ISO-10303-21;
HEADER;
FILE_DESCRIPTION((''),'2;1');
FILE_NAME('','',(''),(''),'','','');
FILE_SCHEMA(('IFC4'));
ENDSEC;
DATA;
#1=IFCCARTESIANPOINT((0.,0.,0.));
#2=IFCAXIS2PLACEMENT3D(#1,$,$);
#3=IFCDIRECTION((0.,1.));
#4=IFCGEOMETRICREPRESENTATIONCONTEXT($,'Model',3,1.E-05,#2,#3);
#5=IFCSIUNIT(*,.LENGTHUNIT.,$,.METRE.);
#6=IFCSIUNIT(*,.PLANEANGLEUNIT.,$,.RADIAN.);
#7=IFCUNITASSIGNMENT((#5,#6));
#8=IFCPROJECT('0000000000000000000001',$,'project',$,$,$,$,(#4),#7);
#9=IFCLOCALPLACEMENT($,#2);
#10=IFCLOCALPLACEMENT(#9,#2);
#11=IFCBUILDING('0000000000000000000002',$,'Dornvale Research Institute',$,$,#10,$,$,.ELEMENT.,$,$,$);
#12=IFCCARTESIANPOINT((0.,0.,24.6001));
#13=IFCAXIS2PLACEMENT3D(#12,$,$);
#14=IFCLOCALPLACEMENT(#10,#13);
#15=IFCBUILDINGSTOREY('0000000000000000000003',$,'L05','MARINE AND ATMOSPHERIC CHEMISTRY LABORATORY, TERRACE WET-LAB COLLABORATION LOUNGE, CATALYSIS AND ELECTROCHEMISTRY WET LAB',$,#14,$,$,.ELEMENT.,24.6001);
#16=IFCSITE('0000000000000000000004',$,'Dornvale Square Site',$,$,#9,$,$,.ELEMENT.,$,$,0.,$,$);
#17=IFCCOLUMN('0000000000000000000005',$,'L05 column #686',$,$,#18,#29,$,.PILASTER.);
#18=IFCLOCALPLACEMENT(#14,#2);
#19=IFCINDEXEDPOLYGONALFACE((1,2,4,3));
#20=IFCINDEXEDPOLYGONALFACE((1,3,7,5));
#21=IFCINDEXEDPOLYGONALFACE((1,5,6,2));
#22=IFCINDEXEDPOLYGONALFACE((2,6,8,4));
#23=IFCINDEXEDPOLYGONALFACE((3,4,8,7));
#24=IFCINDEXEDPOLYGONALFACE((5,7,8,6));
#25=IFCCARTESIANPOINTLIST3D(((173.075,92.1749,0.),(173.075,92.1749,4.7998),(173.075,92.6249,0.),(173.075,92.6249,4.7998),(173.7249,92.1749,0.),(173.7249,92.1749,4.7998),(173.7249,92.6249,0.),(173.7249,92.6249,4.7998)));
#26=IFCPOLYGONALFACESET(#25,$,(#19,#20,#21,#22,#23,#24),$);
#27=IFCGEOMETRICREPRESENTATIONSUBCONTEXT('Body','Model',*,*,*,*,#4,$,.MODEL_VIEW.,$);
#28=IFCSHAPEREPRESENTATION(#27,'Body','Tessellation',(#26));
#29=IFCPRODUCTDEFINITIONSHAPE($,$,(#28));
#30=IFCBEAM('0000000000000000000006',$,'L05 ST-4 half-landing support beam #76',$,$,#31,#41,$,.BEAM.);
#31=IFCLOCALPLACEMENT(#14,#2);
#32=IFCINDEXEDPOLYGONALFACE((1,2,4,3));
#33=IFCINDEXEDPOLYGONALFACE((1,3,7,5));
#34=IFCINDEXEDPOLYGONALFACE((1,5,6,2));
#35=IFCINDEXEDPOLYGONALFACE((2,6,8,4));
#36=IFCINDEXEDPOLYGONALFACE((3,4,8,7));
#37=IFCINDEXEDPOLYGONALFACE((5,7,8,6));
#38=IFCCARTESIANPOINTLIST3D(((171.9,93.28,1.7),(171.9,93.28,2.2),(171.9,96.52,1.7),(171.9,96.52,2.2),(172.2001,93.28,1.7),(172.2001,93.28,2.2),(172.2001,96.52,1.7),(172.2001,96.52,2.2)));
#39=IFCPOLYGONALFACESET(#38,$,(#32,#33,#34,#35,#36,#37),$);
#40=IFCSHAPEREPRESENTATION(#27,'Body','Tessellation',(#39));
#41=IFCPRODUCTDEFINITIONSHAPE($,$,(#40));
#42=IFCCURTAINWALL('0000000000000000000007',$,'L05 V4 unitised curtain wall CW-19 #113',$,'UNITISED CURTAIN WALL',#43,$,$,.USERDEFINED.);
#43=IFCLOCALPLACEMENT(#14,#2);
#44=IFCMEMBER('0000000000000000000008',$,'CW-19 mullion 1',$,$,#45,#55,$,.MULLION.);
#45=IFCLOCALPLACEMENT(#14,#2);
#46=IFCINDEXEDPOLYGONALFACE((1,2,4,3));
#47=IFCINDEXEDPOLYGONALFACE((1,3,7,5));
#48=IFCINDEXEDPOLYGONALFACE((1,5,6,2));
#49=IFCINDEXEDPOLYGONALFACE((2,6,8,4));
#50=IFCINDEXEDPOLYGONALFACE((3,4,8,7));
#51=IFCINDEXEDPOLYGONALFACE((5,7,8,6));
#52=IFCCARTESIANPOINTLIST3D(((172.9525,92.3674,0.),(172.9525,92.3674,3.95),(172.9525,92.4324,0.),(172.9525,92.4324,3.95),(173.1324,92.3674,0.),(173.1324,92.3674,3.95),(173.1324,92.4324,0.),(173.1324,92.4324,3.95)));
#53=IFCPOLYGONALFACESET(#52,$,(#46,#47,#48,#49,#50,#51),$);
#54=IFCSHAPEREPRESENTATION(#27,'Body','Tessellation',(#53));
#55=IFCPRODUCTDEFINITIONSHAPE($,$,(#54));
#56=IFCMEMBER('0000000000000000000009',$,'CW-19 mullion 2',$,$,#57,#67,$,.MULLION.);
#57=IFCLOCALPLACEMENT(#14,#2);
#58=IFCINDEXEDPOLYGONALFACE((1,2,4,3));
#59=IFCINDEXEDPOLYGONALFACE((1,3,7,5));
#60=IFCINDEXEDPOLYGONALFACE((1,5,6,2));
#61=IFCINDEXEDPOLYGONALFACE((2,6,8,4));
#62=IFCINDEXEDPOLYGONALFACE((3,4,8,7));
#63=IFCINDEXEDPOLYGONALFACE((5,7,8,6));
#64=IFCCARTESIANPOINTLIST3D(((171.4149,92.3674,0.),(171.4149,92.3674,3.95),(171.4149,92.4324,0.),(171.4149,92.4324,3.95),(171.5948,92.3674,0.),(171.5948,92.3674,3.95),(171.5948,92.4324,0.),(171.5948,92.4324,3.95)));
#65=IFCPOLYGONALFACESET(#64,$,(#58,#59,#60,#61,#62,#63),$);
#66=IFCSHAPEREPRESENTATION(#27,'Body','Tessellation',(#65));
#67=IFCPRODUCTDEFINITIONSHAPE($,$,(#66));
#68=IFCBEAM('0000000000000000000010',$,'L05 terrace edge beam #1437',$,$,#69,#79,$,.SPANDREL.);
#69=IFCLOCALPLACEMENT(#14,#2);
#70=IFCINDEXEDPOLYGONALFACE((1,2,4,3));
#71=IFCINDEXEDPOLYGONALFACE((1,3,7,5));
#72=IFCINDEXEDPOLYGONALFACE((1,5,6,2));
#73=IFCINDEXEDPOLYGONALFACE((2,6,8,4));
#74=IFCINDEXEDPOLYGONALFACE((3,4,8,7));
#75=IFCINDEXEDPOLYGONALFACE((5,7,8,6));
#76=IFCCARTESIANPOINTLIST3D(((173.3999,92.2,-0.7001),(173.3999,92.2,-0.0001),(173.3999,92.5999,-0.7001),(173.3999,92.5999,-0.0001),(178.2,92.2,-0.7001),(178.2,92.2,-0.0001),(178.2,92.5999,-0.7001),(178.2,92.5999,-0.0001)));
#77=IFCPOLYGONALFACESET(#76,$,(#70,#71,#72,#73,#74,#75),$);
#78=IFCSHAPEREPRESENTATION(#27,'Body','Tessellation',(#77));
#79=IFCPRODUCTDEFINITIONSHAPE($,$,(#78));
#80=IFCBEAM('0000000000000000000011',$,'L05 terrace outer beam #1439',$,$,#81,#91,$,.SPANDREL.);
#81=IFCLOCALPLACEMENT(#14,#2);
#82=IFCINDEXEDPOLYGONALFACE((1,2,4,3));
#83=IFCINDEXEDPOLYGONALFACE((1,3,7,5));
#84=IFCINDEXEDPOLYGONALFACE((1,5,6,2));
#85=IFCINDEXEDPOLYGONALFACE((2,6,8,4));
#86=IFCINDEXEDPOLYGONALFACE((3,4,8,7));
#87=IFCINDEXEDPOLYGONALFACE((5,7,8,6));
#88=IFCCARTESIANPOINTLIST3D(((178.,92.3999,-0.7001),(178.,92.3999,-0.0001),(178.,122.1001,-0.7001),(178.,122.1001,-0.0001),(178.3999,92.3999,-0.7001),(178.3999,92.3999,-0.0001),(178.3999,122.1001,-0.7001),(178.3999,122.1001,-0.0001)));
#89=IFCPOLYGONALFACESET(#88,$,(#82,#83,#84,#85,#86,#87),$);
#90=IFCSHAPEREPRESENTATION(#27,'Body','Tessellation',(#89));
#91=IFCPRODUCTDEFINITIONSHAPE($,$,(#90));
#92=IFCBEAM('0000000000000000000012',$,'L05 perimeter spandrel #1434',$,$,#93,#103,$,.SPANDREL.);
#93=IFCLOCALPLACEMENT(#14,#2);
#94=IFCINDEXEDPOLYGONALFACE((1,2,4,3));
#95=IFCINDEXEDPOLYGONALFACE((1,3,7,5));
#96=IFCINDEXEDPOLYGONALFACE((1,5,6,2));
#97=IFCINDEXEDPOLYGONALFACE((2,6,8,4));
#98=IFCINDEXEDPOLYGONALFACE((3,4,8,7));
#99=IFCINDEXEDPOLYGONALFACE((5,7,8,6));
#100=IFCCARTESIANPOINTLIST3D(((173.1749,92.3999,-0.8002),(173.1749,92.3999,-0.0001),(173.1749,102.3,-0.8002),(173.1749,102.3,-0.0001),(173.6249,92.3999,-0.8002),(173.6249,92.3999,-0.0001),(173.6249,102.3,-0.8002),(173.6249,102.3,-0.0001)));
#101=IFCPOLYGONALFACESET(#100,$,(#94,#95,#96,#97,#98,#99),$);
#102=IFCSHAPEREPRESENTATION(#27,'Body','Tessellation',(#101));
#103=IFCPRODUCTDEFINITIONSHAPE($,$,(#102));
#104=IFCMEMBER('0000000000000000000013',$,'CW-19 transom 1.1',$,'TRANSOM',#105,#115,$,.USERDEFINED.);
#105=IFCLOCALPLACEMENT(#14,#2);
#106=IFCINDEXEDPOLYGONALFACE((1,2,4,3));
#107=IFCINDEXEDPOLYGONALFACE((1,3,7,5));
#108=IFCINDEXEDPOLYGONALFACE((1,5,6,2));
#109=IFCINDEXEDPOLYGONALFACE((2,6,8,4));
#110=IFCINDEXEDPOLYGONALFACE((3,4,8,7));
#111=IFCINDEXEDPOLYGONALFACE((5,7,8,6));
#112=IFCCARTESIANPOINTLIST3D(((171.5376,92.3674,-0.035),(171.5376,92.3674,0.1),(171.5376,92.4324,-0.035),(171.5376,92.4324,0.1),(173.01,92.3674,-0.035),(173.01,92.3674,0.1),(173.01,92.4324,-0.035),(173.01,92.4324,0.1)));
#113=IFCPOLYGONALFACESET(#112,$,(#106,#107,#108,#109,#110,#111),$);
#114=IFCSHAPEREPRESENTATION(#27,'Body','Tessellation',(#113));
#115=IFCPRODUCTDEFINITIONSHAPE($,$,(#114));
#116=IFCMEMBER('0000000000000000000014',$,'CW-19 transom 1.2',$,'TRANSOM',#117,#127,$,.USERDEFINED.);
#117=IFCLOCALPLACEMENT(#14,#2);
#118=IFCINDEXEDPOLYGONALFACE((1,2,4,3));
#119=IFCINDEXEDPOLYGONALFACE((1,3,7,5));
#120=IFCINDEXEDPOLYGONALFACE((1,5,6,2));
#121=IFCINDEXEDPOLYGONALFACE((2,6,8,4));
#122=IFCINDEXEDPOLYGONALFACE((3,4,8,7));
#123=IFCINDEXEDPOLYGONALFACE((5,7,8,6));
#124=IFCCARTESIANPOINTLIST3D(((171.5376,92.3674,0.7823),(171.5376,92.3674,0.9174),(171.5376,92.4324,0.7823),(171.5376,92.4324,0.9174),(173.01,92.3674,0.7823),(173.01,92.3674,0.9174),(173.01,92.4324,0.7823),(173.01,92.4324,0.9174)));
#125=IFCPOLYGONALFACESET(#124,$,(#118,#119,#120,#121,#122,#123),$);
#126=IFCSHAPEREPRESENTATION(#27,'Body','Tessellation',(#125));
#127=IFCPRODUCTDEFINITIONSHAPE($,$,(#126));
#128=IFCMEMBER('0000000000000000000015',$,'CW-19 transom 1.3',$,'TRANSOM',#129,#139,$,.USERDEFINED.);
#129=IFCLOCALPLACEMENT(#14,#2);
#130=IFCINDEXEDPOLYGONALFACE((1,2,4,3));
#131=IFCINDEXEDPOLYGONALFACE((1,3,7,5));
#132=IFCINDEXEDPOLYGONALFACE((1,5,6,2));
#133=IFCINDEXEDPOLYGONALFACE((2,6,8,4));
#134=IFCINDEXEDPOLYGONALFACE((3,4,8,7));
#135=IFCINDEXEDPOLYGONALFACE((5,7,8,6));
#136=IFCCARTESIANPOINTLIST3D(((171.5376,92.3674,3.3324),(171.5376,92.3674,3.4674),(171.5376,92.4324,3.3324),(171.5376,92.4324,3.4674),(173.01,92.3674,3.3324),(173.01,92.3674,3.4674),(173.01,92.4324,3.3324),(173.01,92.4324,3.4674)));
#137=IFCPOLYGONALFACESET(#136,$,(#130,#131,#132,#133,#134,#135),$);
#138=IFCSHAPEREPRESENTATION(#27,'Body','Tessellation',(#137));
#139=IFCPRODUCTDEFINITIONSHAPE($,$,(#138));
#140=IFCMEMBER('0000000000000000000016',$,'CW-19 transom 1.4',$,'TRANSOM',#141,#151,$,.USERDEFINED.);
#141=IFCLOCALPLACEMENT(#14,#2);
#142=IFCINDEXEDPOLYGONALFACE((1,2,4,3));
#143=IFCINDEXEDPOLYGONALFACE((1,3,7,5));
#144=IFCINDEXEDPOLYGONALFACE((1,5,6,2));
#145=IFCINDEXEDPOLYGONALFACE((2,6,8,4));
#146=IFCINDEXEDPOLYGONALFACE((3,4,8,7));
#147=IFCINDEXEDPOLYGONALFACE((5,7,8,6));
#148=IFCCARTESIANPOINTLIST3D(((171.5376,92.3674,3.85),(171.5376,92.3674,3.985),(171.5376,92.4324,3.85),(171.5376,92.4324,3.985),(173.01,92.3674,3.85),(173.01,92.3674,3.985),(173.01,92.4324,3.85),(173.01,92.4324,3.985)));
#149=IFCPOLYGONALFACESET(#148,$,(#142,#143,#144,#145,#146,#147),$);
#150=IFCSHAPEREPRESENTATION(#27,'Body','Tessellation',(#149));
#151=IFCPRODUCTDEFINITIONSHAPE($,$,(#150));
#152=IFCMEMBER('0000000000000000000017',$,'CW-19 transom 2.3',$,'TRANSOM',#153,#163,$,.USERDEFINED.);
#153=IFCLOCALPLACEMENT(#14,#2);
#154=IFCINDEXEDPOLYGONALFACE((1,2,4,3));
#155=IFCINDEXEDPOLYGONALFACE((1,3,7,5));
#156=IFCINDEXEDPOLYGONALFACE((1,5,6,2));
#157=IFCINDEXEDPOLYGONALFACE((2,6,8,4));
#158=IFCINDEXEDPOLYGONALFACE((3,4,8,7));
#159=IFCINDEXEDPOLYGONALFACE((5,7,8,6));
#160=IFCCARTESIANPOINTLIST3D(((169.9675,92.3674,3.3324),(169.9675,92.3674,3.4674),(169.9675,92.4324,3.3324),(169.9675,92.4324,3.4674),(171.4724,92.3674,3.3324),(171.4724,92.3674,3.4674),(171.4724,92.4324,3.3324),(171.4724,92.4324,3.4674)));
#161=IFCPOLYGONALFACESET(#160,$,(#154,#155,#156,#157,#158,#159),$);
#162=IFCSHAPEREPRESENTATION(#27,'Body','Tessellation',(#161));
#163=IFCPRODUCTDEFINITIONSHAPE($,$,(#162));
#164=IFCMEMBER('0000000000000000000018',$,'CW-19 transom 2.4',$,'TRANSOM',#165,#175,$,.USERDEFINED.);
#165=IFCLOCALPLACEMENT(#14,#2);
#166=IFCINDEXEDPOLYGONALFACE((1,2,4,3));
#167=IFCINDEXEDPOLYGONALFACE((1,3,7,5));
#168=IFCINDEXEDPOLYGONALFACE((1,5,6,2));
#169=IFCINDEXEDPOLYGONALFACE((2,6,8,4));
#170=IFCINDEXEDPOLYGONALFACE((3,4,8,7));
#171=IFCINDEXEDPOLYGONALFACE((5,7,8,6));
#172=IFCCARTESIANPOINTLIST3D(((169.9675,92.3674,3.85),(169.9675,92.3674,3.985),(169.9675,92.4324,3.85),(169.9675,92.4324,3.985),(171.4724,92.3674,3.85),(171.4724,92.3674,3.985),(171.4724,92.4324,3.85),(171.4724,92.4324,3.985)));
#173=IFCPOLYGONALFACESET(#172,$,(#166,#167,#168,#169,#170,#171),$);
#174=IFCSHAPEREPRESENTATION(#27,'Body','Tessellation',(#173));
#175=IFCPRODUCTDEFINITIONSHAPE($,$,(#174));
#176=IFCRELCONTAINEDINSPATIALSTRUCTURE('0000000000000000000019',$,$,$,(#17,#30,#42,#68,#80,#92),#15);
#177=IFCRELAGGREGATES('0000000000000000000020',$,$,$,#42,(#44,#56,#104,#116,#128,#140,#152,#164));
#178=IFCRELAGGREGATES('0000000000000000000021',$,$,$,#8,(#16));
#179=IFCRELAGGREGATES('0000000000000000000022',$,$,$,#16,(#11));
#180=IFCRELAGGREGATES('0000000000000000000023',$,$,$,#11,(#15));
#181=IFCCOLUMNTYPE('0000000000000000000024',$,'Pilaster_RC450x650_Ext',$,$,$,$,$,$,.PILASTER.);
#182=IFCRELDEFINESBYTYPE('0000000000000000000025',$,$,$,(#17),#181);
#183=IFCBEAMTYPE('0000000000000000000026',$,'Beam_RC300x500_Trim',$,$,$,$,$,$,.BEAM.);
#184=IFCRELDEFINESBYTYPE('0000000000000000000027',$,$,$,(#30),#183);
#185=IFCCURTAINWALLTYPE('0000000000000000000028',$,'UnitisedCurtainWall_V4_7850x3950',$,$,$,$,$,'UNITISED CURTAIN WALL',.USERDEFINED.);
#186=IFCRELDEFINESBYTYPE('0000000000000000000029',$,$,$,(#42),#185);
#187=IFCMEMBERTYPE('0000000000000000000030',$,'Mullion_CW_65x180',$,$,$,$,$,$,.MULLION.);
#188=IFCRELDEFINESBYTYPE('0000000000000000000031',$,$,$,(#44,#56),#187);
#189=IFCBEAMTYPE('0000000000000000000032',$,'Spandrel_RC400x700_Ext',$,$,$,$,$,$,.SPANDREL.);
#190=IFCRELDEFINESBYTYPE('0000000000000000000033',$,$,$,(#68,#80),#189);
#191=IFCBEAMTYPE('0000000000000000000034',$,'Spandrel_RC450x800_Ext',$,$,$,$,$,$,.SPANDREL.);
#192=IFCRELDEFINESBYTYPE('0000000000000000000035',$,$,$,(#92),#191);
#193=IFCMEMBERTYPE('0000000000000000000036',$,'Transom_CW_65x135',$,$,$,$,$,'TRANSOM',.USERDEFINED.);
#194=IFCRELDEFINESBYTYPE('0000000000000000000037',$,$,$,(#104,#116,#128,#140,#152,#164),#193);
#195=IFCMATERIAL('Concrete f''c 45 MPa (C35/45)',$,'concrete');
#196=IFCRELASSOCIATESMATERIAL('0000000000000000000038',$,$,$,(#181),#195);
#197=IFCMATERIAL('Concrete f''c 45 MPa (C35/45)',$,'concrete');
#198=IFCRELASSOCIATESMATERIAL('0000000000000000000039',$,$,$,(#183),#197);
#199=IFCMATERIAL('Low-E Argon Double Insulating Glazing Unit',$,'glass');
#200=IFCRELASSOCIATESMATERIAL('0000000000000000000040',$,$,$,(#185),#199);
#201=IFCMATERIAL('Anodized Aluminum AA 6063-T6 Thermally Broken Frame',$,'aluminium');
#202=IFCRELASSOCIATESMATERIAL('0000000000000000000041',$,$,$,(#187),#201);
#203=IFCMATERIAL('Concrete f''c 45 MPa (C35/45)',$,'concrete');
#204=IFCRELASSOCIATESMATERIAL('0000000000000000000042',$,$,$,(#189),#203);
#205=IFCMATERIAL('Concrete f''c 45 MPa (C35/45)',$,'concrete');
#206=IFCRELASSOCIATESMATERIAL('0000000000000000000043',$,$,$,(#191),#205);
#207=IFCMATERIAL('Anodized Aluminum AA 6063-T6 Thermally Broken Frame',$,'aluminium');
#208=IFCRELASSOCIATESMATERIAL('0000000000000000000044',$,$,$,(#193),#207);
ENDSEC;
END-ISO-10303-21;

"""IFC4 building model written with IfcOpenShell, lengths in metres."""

from ifc_helpers import new_model, si_unit, direction, frame, origin, origin_2d, place, context, subcontext, project, spatial, rectangle, extrude, material, material_profile, profile_set, type_object, element, aggregate, save


model = new_model("IFC4")

# Units and contexts
model_context = context("Model", 3, precision=1e-05, world=origin(), true_north=direction((0.0, 1.0)))
body_context = subcontext(model_context, "Body", "Model", "MODEL_VIEW")
ifc_project = project(units=[si_unit("LENGTHUNIT", "METRE"), si_unit("PLANEANGLEUNIT", "RADIAN")], contexts=[model_context])

# Site, building, storey
site_placement = place(None, origin())
site = spatial("IfcSite", under=ifc_project, at=site_placement, Name="Dornvale Square Site", CompositionType="ELEMENT", RefElevation=0.0)
building_placement = place(site_placement, origin())
building = spatial("IfcBuilding", under=site, at=building_placement, Name="Dornvale Research Institute", CompositionType="ELEMENT")
storey_placement = place(building_placement, frame((0.0, 0.0, 24.6001)))
storey = spatial("IfcBuildingStorey", under=building, at=storey_placement, Name="L05", Description="MARINE AND ATMOSPHERIC CHEMISTRY LABORATORY, TERRACE WET-LAB COLLABORATION LOUNGE, CATALYSIS AND ELECTROCHEMISTRY WET LAB", CompositionType="ELEMENT", Elevation=24.6001)

# Column
ifc_material_1 = material(Name="Concrete f'c 45 MPa (C35/45)", Category="concrete")
ifc_material_profile_1 = material_profile(ifc_material_1, rectangle(XDim=0.45, YDim=0.6499, at=origin_2d()), Name="RC 450x650")
ifc_profile_set_1 = profile_set([ifc_material_profile_1], Name="Concrete f'c 45 MPa (C35/45)")
column_type = type_object("IfcColumnType", Name="Pilaster_RC450x650_Ext", PredefinedType="PILASTER", material=ifc_profile_set_1)
column_placement = place(storey_placement, frame((173.3999, 92.3999, 0.0), z_axis=(0.0, 0.0, 1.0), x_axis=(0.0, 1.0, 0.0)))
element("IfcColumn", 1, at=column_placement, inside=storey, type_object=column_type, Name="L05 column #686", PredefinedType="PILASTER", context=body_context, shape_type="SweptSolid", body=[
    extrude(rectangle(XDim=0.45, YDim=0.6499, at=origin_2d()), origin(), (0.0, 0.0, 1.0), 4.7998),
])

# Beam
ifc_material_2 = material(Name="Concrete f'c 45 MPa (C35/45)", Category="concrete")
ifc_material_profile_2 = material_profile(ifc_material_2, rectangle(XDim=0.3, YDim=0.5, at=origin_2d()), Name="RC 300x500")
ifc_profile_set_2 = profile_set([ifc_material_profile_2], Name="Concrete f'c 45 MPa (C35/45)")
beam_type_1 = type_object("IfcBeamType", Name="Beam_RC300x500_Trim", PredefinedType="BEAM", material=ifc_profile_set_2)
beam_1_placement = place(storey_placement, frame((172.05, 93.28, 1.95), z_axis=(0.0, 1.0, 0.0), x_axis=(-1.0, 0.0, 0.0)))
element("IfcBeam", 2, at=beam_1_placement, inside=storey, type_object=beam_type_1, Name="L05 ST-4 half-landing support beam #76", PredefinedType="BEAM", context=body_context, shape_type="SweptSolid", body=[
    extrude(rectangle(XDim=0.3, YDim=0.5, at=origin_2d()), origin(), (0.0, 0.0, 1.0), 3.24),
])

# Curtain wall, members
ifc_material_3 = material(Name="Low-E Argon Double Insulating Glazing Unit", Category="glass")
curtain_wall_type = type_object("IfcCurtainWallType", Name="UnitisedCurtainWall_V4_7850x3950", ElementType="UNITISED CURTAIN WALL", PredefinedType="USERDEFINED", material=ifc_material_3)
curtain_wall_placement = place(storey_placement, origin())
curtain_wall = element("IfcCurtainWall", 3, at=curtain_wall_placement, inside=storey, type_object=curtain_wall_type, Name="L05 V4 unitised curtain wall CW-19 #113", ObjectType="UNITISED CURTAIN WALL", PredefinedType="USERDEFINED")
ifc_material_4 = material(Name="Anodized Aluminum AA 6063-T6 Thermally Broken Frame", Category="aluminium")
ifc_material_profile_3 = material_profile(ifc_material_4, rectangle(XDim=0.0649, YDim=0.1799, at=origin_2d()), Name="ALU MULLION 65x180")
ifc_profile_set_3 = profile_set([ifc_material_profile_3], Name="Anodized Aluminum AA 6063-T6 Thermally Broken Frame")
member_type_1 = type_object("IfcMemberType", Name="Mullion_CW_65x180", PredefinedType="MULLION", material=ifc_profile_set_3)
member_1_placement = place(storey_placement, frame((173.0425, 92.3999, 0.0), z_axis=(0.0, 0.0, 1.0), x_axis=(0.0, -1.0, 0.0)))
member_1 = element("IfcMember", 4, at=member_1_placement, type_object=member_type_1, Name="CW-19 mullion 1", PredefinedType="MULLION", context=body_context, shape_type="SweptSolid", body=[
    extrude(rectangle(XDim=0.0649, YDim=0.1799, at=origin_2d()), origin(), (0.0, 0.0, 1.0), 3.95),
])
member_2_placement = place(storey_placement, frame((171.5049, 92.3999, 0.0), z_axis=(0.0, 0.0, 1.0), x_axis=(0.0, -1.0, 0.0)))
member_2 = element("IfcMember", 5, at=member_2_placement, type_object=member_type_1, Name="CW-19 mullion 2", PredefinedType="MULLION", context=body_context, shape_type="SweptSolid", body=[
    extrude(rectangle(XDim=0.0649, YDim=0.1799, at=origin_2d()), origin(), (0.0, 0.0, 1.0), 3.95),
])

# Beams
ifc_material_5 = material(Name="Concrete f'c 45 MPa (C35/45)", Category="concrete")
ifc_material_profile_4 = material_profile(ifc_material_5, rectangle(XDim=0.3999, YDim=0.7, at=origin_2d()), Name="RC 400x700")
ifc_profile_set_4 = profile_set([ifc_material_profile_4], Name="Concrete f'c 45 MPa (C35/45)")
beam_type_2 = type_object("IfcBeamType", Name="Spandrel_RC400x700_Ext", PredefinedType="SPANDREL", material=ifc_profile_set_4)
beam_2_placement = place(storey_placement, frame((173.3999, 92.3999, -0.3501), z_axis=(1.0, 0.0, 0.0), x_axis=(0.0, 1.0, 0.0)))
element("IfcBeam", 6, at=beam_2_placement, inside=storey, type_object=beam_type_2, Name="L05 terrace edge beam #1437", PredefinedType="SPANDREL", context=body_context, shape_type="SweptSolid", body=[
    extrude(rectangle(XDim=0.3999, YDim=0.7, at=origin_2d()), origin(), (0.0, 0.0, 1.0), 4.8),
])
beam_3_placement = place(storey_placement, frame((178.2, 92.3999, -0.3501), z_axis=(0.0, 1.0, 0.0), x_axis=(-1.0, 0.0, 0.0)))
element("IfcBeam", 7, at=beam_3_placement, inside=storey, type_object=beam_type_2, Name="L05 terrace outer beam #1439", PredefinedType="SPANDREL", context=body_context, shape_type="SweptSolid", body=[
    extrude(rectangle(XDim=0.3999, YDim=0.7, at=origin_2d()), origin(), (0.0, 0.0, 1.0), 29.7002),
])
ifc_material_6 = material(Name="Concrete f'c 45 MPa (C35/45)", Category="concrete")
ifc_material_profile_5 = material_profile(ifc_material_6, rectangle(XDim=0.45, YDim=0.8, at=origin_2d()), Name="RC 450x800")
ifc_profile_set_5 = profile_set([ifc_material_profile_5], Name="Concrete f'c 45 MPa (C35/45)")
beam_type_3 = type_object("IfcBeamType", Name="Spandrel_RC450x800_Ext", PredefinedType="SPANDREL", material=ifc_profile_set_5)
beam_4_placement = place(storey_placement, frame((173.3999, 92.3999, -0.4001), z_axis=(0.0, 1.0, 0.0), x_axis=(-1.0, 0.0, 0.0)))
element("IfcBeam", 8, at=beam_4_placement, inside=storey, type_object=beam_type_3, Name="L05 perimeter spandrel #1434", PredefinedType="SPANDREL", context=body_context, shape_type="SweptSolid", body=[
    extrude(rectangle(XDim=0.45, YDim=0.8, at=origin_2d()), origin(), (0.0, 0.0, 1.0), 9.9001),
])

# Members
ifc_material_7 = material(Name="Anodized Aluminum AA 6063-T6 Thermally Broken Frame", Category="aluminium")
ifc_material_profile_6 = material_profile(ifc_material_7, rectangle(XDim=0.0649, YDim=0.135, at=origin_2d()), Name="ALU TRANSOM 65x135")
ifc_profile_set_6 = profile_set([ifc_material_profile_6], Name="Anodized Aluminum AA 6063-T6 Thermally Broken Frame")
member_type_2 = type_object("IfcMemberType", Name="Transom_CW_65x135", ElementType="TRANSOM", PredefinedType="USERDEFINED", material=ifc_profile_set_6)
member_3_placement = place(storey_placement, frame((173.01, 92.3999, 0.0325), z_axis=(-1.0, 0.0, 0.0), x_axis=(0.0, -1.0, 0.0)))
member_3 = element("IfcMember", 9, at=member_3_placement, type_object=member_type_2, Name="CW-19 transom 1.1", ObjectType="TRANSOM", PredefinedType="USERDEFINED", context=body_context, shape_type="SweptSolid", body=[
    extrude(rectangle(XDim=0.0649, YDim=0.135, at=origin_2d()), origin(), (0.0, 0.0, 1.0), 1.4724),
])
member_4_placement = place(storey_placement, frame((173.01, 92.3999, 0.8499), z_axis=(-1.0, 0.0, 0.0), x_axis=(0.0, -1.0, 0.0)))
member_4 = element("IfcMember", 10, at=member_4_placement, type_object=member_type_2, Name="CW-19 transom 1.2", ObjectType="TRANSOM", PredefinedType="USERDEFINED", context=body_context, shape_type="SweptSolid", body=[
    extrude(rectangle(XDim=0.0649, YDim=0.135, at=origin_2d()), origin(), (0.0, 0.0, 1.0), 1.4724),
])
member_5_placement = place(storey_placement, frame((173.01, 92.3999, 3.3999), z_axis=(-1.0, 0.0, 0.0), x_axis=(0.0, -1.0, 0.0)))
member_5 = element("IfcMember", 11, at=member_5_placement, type_object=member_type_2, Name="CW-19 transom 1.3", ObjectType="TRANSOM", PredefinedType="USERDEFINED", context=body_context, shape_type="SweptSolid", body=[
    extrude(rectangle(XDim=0.0649, YDim=0.135, at=origin_2d()), origin(), (0.0, 0.0, 1.0), 1.4724),
])
member_6_placement = place(storey_placement, frame((173.01, 92.3999, 3.9175), z_axis=(-1.0, 0.0, 0.0), x_axis=(0.0, -1.0, 0.0)))
member_6 = element("IfcMember", 12, at=member_6_placement, type_object=member_type_2, Name="CW-19 transom 1.4", ObjectType="TRANSOM", PredefinedType="USERDEFINED", context=body_context, shape_type="SweptSolid", body=[
    extrude(rectangle(XDim=0.0649, YDim=0.135, at=origin_2d()), origin(), (0.0, 0.0, 1.0), 1.4724),
])
member_7_placement = place(storey_placement, frame((171.4724, 92.3999, 3.3999), z_axis=(-1.0, 0.0, 0.0), x_axis=(0.0, -1.0, 0.0)))
member_7 = element("IfcMember", 13, at=member_7_placement, type_object=member_type_2, Name="CW-19 transom 2.3", ObjectType="TRANSOM", PredefinedType="USERDEFINED", context=body_context, shape_type="SweptSolid", body=[
    extrude(rectangle(XDim=0.0649, YDim=0.135, at=origin_2d()), origin(), (0.0, 0.0, 1.0), 1.5049),
])
member_8_placement = place(storey_placement, frame((171.4724, 92.3999, 3.9175), z_axis=(-1.0, 0.0, 0.0), x_axis=(0.0, -1.0, 0.0)))
member_8 = element("IfcMember", 14, at=member_8_placement, type_object=member_type_2, Name="CW-19 transom 2.4", ObjectType="TRANSOM", PredefinedType="USERDEFINED", context=body_context, shape_type="SweptSolid", body=[
    extrude(rectangle(XDim=0.0649, YDim=0.135, at=origin_2d()), origin(), (0.0, 0.0, 1.0), 1.5049),
])

aggregate(curtain_wall, [member_1, member_2, member_3, member_4, member_5, member_6, member_7, member_8])

save(model, "model.ifc")
